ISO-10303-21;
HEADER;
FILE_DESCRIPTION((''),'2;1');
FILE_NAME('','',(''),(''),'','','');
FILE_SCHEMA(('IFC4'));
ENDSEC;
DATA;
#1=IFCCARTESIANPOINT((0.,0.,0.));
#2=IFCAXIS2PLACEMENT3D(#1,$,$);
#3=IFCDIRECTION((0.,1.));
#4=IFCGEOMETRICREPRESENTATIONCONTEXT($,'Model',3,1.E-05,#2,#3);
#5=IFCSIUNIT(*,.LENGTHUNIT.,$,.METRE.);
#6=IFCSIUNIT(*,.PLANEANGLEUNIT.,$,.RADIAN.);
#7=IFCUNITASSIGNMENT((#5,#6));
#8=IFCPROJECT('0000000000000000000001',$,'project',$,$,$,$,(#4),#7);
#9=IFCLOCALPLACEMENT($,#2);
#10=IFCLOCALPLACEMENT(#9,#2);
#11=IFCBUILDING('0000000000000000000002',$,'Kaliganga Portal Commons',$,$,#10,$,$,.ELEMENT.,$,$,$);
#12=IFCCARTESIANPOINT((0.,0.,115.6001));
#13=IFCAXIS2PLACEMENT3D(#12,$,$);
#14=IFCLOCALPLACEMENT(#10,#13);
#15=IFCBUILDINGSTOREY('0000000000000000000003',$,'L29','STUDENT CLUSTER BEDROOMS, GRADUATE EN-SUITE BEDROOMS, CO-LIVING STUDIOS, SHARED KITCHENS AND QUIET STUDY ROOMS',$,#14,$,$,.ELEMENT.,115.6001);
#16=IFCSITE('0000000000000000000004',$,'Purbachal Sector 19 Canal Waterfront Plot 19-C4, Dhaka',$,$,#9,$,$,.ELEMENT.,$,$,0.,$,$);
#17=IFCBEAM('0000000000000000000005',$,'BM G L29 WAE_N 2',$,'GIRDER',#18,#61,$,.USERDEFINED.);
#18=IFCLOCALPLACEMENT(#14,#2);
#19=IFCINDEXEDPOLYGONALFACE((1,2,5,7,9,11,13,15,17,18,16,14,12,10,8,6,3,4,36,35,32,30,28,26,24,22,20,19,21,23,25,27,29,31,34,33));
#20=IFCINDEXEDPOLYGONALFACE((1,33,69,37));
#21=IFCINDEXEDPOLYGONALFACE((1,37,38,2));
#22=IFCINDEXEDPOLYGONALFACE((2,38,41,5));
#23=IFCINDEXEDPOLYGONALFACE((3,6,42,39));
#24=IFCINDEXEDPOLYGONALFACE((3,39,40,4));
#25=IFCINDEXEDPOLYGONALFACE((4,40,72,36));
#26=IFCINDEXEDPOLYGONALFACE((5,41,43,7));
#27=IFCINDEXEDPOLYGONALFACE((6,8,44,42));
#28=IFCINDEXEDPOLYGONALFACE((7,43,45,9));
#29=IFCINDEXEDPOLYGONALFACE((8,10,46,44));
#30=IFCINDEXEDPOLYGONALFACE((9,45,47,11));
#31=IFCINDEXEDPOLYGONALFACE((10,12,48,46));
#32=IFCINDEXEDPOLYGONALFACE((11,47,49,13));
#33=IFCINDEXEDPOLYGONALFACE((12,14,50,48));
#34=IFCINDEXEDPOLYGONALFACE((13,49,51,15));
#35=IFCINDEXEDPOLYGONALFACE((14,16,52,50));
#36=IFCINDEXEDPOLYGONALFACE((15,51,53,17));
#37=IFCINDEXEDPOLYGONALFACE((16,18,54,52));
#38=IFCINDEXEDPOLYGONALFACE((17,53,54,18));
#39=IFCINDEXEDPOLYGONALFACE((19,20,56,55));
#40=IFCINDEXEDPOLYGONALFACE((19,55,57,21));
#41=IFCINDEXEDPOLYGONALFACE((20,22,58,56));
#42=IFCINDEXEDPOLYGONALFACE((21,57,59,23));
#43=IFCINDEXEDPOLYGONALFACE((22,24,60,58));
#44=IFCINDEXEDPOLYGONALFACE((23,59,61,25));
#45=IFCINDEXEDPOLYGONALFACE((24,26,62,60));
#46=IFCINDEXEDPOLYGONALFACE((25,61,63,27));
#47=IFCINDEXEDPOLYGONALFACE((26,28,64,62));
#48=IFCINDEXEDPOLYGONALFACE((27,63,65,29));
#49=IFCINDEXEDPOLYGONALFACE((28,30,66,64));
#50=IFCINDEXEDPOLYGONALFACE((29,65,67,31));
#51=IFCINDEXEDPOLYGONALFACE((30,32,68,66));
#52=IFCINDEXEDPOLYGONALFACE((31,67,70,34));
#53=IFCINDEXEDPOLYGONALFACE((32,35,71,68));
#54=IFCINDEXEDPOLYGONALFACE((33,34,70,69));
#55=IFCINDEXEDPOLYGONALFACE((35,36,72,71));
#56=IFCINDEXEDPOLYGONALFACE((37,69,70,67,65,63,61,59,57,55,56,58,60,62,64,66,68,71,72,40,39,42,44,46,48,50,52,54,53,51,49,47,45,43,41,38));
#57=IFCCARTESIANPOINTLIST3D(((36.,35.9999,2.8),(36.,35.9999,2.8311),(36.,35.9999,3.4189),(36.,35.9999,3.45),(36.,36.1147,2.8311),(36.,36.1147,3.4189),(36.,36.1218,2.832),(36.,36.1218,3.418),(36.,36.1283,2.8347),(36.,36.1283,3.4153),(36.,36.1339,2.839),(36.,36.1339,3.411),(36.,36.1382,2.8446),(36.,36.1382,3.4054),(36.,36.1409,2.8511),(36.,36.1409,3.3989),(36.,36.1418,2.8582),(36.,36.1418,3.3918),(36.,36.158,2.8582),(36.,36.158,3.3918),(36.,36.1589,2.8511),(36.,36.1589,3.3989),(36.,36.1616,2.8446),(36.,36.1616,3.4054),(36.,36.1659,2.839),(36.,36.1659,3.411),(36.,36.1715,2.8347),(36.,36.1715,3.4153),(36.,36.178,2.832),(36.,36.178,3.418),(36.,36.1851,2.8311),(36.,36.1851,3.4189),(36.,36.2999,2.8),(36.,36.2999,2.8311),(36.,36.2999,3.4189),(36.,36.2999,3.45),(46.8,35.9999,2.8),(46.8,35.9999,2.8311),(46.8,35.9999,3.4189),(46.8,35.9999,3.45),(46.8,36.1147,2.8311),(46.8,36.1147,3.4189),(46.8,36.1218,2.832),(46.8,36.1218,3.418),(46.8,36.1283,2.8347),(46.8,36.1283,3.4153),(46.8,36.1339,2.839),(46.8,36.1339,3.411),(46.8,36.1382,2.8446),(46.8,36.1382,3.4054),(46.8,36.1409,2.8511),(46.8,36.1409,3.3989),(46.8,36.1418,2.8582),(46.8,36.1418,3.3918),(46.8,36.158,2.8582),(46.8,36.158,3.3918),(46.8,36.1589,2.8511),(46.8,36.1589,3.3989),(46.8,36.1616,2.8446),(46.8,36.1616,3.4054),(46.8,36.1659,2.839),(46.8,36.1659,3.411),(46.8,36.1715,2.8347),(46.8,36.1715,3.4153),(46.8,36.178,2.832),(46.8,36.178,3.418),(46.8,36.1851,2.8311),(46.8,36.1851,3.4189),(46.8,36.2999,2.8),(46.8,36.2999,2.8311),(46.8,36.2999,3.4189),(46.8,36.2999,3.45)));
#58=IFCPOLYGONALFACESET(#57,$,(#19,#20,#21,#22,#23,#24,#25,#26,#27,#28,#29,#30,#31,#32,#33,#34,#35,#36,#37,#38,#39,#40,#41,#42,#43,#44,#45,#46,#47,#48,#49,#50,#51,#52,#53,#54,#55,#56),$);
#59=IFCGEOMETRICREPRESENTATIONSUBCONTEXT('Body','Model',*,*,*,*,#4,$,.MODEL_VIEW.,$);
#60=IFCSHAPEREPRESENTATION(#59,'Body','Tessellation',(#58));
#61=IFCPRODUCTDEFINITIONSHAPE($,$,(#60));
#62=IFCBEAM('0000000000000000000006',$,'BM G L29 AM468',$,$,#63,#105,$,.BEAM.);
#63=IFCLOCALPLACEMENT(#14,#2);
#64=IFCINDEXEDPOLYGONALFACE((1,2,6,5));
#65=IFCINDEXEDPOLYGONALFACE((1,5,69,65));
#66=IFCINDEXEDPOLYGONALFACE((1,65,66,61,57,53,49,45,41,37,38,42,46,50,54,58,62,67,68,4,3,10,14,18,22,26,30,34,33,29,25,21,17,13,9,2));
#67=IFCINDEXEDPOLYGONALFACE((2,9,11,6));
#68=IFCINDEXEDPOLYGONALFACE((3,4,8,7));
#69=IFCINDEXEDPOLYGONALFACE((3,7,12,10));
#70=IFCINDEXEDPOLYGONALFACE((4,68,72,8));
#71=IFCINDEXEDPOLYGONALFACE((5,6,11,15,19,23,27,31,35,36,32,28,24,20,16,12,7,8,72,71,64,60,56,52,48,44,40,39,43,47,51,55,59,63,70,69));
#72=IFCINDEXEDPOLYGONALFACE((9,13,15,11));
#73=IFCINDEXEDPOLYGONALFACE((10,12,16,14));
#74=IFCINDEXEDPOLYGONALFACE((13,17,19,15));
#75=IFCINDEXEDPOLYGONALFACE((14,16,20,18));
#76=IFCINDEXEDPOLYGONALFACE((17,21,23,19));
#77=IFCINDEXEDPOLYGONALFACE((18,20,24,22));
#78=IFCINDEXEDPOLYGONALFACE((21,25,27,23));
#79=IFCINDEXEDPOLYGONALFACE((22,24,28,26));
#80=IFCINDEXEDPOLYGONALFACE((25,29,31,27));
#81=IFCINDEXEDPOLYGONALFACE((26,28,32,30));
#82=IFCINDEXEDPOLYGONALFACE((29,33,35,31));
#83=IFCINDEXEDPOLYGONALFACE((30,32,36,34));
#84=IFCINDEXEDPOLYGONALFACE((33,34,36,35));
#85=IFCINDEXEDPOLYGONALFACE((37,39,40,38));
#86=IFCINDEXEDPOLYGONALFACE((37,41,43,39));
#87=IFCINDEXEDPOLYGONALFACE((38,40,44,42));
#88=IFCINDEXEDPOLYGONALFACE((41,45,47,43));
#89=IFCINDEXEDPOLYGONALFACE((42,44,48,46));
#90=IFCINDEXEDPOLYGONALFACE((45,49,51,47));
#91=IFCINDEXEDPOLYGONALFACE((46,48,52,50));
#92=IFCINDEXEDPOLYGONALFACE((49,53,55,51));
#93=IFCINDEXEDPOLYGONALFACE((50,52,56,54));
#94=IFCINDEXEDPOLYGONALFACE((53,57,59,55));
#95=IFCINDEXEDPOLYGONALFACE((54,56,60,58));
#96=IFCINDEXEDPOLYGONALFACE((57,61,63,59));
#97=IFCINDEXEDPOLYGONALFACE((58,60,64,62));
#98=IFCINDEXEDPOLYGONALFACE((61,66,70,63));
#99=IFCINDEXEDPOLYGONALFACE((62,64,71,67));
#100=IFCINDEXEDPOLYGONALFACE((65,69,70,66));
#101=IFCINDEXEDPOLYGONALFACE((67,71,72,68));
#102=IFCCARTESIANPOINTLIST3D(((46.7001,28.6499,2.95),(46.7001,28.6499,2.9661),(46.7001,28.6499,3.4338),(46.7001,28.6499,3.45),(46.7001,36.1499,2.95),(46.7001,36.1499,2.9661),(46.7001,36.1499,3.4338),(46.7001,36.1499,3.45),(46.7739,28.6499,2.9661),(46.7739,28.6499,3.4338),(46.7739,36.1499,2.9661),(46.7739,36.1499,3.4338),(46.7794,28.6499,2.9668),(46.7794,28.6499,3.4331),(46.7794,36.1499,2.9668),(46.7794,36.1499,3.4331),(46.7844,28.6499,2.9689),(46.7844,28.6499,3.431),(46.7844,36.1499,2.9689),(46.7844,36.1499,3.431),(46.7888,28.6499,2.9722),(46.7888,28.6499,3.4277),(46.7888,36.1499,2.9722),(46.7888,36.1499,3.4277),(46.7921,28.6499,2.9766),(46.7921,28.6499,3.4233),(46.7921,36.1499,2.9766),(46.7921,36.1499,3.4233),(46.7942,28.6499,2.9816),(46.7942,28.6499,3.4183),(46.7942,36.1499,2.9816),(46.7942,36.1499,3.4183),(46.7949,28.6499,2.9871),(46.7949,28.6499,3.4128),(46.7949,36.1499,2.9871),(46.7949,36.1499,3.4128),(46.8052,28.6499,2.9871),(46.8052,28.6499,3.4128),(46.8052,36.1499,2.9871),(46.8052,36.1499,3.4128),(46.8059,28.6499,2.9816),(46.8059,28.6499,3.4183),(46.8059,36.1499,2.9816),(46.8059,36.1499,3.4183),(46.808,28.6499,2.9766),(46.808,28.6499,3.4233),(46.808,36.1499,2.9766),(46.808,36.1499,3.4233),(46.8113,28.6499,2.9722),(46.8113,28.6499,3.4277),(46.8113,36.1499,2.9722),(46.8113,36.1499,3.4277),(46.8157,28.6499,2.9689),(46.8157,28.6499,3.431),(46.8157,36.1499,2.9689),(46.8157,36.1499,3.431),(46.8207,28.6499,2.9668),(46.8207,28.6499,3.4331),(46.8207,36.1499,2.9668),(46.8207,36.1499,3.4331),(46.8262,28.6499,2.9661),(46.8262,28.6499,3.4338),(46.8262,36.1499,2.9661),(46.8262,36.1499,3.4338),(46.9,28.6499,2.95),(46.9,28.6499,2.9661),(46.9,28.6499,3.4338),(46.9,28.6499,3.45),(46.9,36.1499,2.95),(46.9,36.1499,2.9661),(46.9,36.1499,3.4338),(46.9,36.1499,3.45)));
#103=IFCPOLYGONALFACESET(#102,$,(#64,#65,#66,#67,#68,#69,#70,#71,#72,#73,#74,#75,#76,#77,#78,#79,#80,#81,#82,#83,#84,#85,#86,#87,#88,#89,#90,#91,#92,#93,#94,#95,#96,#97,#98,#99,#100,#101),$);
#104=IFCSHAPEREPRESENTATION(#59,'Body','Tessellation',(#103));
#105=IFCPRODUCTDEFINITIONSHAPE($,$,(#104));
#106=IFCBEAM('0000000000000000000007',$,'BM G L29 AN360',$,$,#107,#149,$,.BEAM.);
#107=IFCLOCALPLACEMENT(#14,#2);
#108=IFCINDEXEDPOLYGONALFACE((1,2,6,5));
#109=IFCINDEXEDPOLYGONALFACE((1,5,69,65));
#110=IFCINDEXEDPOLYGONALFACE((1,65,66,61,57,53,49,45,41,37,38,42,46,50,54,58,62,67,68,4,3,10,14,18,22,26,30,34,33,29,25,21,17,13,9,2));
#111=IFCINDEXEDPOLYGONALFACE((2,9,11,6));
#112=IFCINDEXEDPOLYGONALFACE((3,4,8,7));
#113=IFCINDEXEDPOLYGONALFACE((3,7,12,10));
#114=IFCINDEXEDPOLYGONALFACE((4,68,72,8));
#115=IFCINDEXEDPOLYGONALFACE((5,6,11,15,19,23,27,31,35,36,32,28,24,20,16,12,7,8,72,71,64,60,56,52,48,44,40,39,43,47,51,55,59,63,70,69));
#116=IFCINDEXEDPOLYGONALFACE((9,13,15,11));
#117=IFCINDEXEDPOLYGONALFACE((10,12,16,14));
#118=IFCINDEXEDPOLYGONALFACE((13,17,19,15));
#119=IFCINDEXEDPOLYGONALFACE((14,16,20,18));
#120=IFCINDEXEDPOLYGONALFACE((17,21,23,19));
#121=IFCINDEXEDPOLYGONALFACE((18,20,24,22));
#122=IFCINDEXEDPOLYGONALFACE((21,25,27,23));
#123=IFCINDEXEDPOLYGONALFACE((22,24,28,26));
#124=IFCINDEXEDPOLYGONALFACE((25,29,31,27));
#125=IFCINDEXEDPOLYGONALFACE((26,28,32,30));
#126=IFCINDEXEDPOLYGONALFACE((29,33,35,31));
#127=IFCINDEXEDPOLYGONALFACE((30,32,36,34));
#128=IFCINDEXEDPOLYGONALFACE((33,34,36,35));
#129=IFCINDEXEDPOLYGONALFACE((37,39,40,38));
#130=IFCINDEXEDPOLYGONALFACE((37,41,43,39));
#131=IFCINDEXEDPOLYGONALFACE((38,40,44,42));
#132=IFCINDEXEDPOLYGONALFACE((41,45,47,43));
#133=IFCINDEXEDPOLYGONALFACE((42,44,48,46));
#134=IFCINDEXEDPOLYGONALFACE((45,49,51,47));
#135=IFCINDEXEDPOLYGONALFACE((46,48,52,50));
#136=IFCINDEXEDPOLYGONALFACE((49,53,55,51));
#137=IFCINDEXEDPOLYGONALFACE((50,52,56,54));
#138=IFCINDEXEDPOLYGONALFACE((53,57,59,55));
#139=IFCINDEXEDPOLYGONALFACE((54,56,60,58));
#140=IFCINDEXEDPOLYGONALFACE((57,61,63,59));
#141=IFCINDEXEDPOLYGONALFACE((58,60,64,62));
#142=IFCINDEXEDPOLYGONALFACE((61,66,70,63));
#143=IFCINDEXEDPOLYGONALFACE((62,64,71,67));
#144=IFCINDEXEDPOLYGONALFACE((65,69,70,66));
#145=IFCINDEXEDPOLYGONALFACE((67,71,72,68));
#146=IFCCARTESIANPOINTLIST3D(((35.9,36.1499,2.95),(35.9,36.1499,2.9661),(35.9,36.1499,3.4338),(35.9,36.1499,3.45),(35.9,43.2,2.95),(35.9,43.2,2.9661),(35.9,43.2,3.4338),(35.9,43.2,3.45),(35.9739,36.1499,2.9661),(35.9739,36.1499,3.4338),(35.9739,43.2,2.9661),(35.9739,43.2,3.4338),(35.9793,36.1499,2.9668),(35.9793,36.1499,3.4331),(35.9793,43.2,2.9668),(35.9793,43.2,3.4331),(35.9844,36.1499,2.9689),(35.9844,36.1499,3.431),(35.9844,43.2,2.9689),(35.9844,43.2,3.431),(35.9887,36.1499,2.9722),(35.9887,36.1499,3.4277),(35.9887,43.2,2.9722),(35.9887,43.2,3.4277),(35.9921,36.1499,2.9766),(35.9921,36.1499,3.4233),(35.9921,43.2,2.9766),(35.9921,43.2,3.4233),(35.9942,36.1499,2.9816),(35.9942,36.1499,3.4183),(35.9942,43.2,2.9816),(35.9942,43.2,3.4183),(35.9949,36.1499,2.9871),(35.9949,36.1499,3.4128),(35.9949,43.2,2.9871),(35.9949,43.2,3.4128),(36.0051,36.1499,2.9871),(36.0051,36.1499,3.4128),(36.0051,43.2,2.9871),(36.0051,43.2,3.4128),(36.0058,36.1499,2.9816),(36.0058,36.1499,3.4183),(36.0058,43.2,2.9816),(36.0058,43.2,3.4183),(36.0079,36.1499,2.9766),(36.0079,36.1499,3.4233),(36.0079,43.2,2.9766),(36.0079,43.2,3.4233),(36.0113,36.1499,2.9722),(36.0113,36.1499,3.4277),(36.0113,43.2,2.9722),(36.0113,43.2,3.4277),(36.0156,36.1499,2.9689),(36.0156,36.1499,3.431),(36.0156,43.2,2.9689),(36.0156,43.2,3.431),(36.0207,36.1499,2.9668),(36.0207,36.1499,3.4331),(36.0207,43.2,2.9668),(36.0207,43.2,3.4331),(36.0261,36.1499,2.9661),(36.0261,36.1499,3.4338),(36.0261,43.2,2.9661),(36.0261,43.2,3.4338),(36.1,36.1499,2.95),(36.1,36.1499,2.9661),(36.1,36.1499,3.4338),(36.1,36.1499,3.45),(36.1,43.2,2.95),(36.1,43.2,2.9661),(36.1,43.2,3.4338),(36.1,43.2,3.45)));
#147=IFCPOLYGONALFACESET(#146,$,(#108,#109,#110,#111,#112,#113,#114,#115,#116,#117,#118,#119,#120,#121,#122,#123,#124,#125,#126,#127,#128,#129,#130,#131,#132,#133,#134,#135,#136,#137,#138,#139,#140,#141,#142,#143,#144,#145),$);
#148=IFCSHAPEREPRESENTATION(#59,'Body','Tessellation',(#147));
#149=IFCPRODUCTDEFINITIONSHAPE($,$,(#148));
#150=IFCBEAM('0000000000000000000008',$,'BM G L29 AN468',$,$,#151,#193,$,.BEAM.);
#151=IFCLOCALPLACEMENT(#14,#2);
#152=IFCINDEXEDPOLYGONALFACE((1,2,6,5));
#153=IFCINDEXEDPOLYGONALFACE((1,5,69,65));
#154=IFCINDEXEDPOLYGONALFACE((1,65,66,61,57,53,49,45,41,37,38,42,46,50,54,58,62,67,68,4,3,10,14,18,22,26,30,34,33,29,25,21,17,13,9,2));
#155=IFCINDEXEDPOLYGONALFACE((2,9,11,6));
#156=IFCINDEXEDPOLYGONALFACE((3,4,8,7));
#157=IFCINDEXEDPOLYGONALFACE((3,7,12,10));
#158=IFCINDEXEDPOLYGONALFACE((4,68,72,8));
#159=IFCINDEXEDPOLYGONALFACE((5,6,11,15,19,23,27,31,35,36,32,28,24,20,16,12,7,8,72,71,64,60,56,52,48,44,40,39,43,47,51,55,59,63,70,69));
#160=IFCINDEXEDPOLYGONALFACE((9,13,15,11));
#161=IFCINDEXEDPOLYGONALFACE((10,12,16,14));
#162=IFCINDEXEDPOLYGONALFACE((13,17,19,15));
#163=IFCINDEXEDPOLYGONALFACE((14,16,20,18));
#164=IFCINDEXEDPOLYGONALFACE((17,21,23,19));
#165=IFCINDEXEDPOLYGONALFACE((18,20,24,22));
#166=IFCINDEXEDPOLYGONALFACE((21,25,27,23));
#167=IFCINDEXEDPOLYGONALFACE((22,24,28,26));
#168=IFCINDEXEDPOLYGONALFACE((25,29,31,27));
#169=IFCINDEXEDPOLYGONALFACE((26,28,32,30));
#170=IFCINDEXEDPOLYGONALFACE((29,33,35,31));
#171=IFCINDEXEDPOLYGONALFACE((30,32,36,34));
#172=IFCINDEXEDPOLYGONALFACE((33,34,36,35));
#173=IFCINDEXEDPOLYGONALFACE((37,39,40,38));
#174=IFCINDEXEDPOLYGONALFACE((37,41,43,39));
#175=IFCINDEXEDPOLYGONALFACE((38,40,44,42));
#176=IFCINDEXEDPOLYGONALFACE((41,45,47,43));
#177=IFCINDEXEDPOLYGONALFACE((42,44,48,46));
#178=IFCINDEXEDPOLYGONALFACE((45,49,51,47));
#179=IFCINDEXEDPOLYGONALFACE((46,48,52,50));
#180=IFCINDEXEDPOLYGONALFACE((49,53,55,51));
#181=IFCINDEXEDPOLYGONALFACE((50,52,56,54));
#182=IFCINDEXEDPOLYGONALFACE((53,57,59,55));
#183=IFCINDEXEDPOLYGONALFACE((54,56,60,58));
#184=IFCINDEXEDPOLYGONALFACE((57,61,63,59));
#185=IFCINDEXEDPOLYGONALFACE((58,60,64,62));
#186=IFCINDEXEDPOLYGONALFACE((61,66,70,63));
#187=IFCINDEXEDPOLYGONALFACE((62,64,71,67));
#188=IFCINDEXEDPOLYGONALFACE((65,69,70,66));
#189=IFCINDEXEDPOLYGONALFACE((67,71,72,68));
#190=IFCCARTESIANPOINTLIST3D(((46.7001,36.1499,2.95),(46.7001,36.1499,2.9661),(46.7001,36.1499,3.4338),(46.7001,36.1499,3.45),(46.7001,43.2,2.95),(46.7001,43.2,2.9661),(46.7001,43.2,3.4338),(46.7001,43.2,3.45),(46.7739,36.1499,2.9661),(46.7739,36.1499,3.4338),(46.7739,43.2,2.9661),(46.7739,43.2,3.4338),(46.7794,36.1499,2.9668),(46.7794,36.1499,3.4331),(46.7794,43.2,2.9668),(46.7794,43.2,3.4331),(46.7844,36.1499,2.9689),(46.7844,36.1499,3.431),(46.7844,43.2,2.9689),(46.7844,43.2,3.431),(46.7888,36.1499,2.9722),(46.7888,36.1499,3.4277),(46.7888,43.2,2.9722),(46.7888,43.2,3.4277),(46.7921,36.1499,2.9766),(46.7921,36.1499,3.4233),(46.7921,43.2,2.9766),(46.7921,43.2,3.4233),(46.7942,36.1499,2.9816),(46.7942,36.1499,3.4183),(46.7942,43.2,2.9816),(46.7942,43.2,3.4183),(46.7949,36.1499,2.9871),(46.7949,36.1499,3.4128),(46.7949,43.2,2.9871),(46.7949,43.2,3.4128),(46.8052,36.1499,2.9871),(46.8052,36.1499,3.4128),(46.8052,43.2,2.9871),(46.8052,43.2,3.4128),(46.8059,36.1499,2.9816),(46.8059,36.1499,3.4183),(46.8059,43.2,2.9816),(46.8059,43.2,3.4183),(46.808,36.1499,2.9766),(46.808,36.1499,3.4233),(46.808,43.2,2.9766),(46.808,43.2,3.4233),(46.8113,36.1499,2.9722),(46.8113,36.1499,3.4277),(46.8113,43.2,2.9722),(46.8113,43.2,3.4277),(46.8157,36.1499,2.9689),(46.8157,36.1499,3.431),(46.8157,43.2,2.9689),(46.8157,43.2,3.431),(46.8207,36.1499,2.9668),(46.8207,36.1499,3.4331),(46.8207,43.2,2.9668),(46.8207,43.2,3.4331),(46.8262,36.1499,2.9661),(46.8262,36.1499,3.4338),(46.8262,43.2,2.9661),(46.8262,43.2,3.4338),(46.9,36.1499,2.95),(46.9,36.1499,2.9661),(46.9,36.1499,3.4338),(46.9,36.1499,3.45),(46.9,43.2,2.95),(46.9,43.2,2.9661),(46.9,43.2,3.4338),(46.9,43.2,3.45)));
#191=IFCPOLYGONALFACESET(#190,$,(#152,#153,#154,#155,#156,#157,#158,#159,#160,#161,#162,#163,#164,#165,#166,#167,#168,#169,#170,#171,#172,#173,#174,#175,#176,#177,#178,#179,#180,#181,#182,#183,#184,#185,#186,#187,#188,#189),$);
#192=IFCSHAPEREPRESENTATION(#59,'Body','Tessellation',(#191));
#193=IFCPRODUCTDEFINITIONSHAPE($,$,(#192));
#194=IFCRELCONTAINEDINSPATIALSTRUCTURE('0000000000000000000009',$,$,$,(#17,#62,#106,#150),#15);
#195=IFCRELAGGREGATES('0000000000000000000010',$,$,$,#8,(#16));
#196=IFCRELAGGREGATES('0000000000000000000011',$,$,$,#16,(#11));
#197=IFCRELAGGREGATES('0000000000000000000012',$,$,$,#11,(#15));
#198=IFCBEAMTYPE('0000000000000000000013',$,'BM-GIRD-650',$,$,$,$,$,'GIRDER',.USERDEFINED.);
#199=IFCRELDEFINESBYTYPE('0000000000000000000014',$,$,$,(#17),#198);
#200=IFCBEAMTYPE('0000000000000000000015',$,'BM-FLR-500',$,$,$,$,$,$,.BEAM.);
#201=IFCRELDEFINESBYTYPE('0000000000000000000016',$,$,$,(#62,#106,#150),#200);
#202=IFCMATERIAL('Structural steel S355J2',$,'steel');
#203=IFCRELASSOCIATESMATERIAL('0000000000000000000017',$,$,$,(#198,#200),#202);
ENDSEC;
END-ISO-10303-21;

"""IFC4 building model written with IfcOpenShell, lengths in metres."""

from ifc_helpers import new_model, si_unit, direction, frame, origin, origin_2d, place, context, subcontext, project, spatial, i_section, extrude, source, transform, mapped, material, material_profile, profile_set, type_object, element, save


model = new_model("IFC4")

# Units and contexts
model_context = context("Model", 3, precision=1e-05, world=origin(), true_north=direction((0.0, 1.0)))
body_context = subcontext(model_context, "Body", "Model", "MODEL_VIEW")
ifc_project = project(units=[si_unit("LENGTHUNIT", "METRE"), si_unit("PLANEANGLEUNIT", "RADIAN")], contexts=[model_context])

# Site, building, storey
site_placement = place(None, origin())
site = spatial("IfcSite", under=ifc_project, at=site_placement, Name="Purbachal Sector 19 Canal Waterfront Plot 19-C4, Dhaka", CompositionType="ELEMENT", RefElevation=0.0)
building_placement = place(site_placement, origin())
building = spatial("IfcBuilding", under=site, at=building_placement, Name="Kaliganga Portal Commons", CompositionType="ELEMENT")
storey_placement = place(building_placement, frame((0.0, 0.0, 115.6001)))
storey = spatial("IfcBuildingStorey", under=building, at=storey_placement, Name="L29", Description="STUDENT CLUSTER BEDROOMS, GRADUATE EN-SUITE BEDROOMS, CO-LIVING STUDIOS, SHARED KITCHENS AND QUIET STUDY ROOMS", CompositionType="ELEMENT", Elevation=115.6001)

# Beams
ifc_material_1 = material(Name="Structural steel S355J2", Category="steel")
ifc_material_profile_1 = material_profile(ifc_material_1, i_section(OverallWidth=0.3, OverallDepth=0.6499, WebThickness=0.0161, FlangeThickness=0.031, FilletRadius=0.0271, at=origin_2d()), Name="HE 650 B")
ifc_profile_set_1 = profile_set([ifc_material_profile_1], Name="Structural steel S355J2 wide-flange")
beam_type_1 = type_object("IfcBeamType", Name="BM-GIRD-650", ElementType="GIRDER", PredefinedType="USERDEFINED", material=ifc_profile_set_1)
shared_shape_1 = source(origin(), body_context, "Body", "SweptSolid", [
    extrude(i_section(OverallWidth=0.3, OverallDepth=0.6499, WebThickness=0.0161, FlangeThickness=0.031, FilletRadius=0.0271, at=origin_2d()), origin(), (0.0, 0.0, 1.0), 10.8),
])
beam_1_placement = place(storey_placement, frame((36.0, 36.1499, 3.125), z_axis=(1.0, 0.0, 0.0), x_axis=(0.0, 1.0, 0.0)))
element("IfcBeam", 1, at=beam_1_placement, inside=storey, type_object=beam_type_1, Name="BM G L29 WAE_N 2", ObjectType="GIRDER", PredefinedType="USERDEFINED", context=body_context, shape_type="MappedRepresentation", body=[
    mapped(shared_shape_1, transform((0.0, 0.0, 0.0), x_axis=(1.0, 0.0, 0.0), y_axis=(0.0, 1.0, 0.0), z_axis=(0.0, 0.0, 1.0), scale=1.0)),
])
ifc_material_profile_2 = material_profile(ifc_material_1, i_section(OverallWidth=0.2, OverallDepth=0.5, WebThickness=0.0103, FlangeThickness=0.0161, FilletRadius=0.021, at=origin_2d()), Name="IPE 500")
ifc_profile_set_2 = profile_set([ifc_material_profile_2], Name="Structural steel S355J2 wide-flange")
beam_type_2 = type_object("IfcBeamType", Name="BM-FLR-500", PredefinedType="BEAM", material=ifc_profile_set_2)
shared_shape_2 = source(origin(), body_context, "Body", "SweptSolid", [
    extrude(i_section(OverallWidth=0.2, OverallDepth=0.5, WebThickness=0.0103, FlangeThickness=0.0161, FilletRadius=0.021, at=origin_2d()), origin(), (0.0, 0.0, 1.0), 7.5),
])
beam_2_placement = place(storey_placement, frame((46.8, 28.6499, 3.2), z_axis=(0.0, 1.0, 0.0), x_axis=(-1.0, 0.0, 0.0)))
element("IfcBeam", 2, at=beam_2_placement, inside=storey, type_object=beam_type_2, Name="BM G L29 AM468", PredefinedType="BEAM", context=body_context, shape_type="MappedRepresentation", body=[
    mapped(shared_shape_2, transform((0.0, 0.0, 0.0), x_axis=(1.0, 0.0, 0.0), y_axis=(0.0, 1.0, 0.0), z_axis=(0.0, 0.0, 1.0), scale=1.0)),
])
shared_shape_3 = source(origin(), body_context, "Body", "SweptSolid", [
    extrude(i_section(OverallWidth=0.2, OverallDepth=0.5, WebThickness=0.0103, FlangeThickness=0.0161, FilletRadius=0.021, at=origin_2d()), origin(), (0.0, 0.0, 1.0), 7.05),
])
for number, where, z_axis, x_axis, name in (
    (3, (36.0, 36.1499, 3.2), (0.0, 1.0, 0.0), (-1.0, 0.0, 0.0), "BM G L29 AN360"),
    (4, (46.8, 36.1499, 3.2), (0.0, 1.0, 0.0), (-1.0, 0.0, 0.0), "BM G L29 AN468"),
):
    element("IfcBeam", number, at=place(storey_placement, frame(where, z_axis=z_axis, x_axis=x_axis)), inside=storey, type_object=beam_type_2, Name=name, PredefinedType="BEAM", context=body_context, shape_type="MappedRepresentation", body=[
        mapped(shared_shape_3, transform((0.0, 0.0, 0.0), x_axis=(1.0, 0.0, 0.0), y_axis=(0.0, 1.0, 0.0), z_axis=(0.0, 0.0, 1.0), scale=1.0)),
    ])

save(model, "model.ifc")
